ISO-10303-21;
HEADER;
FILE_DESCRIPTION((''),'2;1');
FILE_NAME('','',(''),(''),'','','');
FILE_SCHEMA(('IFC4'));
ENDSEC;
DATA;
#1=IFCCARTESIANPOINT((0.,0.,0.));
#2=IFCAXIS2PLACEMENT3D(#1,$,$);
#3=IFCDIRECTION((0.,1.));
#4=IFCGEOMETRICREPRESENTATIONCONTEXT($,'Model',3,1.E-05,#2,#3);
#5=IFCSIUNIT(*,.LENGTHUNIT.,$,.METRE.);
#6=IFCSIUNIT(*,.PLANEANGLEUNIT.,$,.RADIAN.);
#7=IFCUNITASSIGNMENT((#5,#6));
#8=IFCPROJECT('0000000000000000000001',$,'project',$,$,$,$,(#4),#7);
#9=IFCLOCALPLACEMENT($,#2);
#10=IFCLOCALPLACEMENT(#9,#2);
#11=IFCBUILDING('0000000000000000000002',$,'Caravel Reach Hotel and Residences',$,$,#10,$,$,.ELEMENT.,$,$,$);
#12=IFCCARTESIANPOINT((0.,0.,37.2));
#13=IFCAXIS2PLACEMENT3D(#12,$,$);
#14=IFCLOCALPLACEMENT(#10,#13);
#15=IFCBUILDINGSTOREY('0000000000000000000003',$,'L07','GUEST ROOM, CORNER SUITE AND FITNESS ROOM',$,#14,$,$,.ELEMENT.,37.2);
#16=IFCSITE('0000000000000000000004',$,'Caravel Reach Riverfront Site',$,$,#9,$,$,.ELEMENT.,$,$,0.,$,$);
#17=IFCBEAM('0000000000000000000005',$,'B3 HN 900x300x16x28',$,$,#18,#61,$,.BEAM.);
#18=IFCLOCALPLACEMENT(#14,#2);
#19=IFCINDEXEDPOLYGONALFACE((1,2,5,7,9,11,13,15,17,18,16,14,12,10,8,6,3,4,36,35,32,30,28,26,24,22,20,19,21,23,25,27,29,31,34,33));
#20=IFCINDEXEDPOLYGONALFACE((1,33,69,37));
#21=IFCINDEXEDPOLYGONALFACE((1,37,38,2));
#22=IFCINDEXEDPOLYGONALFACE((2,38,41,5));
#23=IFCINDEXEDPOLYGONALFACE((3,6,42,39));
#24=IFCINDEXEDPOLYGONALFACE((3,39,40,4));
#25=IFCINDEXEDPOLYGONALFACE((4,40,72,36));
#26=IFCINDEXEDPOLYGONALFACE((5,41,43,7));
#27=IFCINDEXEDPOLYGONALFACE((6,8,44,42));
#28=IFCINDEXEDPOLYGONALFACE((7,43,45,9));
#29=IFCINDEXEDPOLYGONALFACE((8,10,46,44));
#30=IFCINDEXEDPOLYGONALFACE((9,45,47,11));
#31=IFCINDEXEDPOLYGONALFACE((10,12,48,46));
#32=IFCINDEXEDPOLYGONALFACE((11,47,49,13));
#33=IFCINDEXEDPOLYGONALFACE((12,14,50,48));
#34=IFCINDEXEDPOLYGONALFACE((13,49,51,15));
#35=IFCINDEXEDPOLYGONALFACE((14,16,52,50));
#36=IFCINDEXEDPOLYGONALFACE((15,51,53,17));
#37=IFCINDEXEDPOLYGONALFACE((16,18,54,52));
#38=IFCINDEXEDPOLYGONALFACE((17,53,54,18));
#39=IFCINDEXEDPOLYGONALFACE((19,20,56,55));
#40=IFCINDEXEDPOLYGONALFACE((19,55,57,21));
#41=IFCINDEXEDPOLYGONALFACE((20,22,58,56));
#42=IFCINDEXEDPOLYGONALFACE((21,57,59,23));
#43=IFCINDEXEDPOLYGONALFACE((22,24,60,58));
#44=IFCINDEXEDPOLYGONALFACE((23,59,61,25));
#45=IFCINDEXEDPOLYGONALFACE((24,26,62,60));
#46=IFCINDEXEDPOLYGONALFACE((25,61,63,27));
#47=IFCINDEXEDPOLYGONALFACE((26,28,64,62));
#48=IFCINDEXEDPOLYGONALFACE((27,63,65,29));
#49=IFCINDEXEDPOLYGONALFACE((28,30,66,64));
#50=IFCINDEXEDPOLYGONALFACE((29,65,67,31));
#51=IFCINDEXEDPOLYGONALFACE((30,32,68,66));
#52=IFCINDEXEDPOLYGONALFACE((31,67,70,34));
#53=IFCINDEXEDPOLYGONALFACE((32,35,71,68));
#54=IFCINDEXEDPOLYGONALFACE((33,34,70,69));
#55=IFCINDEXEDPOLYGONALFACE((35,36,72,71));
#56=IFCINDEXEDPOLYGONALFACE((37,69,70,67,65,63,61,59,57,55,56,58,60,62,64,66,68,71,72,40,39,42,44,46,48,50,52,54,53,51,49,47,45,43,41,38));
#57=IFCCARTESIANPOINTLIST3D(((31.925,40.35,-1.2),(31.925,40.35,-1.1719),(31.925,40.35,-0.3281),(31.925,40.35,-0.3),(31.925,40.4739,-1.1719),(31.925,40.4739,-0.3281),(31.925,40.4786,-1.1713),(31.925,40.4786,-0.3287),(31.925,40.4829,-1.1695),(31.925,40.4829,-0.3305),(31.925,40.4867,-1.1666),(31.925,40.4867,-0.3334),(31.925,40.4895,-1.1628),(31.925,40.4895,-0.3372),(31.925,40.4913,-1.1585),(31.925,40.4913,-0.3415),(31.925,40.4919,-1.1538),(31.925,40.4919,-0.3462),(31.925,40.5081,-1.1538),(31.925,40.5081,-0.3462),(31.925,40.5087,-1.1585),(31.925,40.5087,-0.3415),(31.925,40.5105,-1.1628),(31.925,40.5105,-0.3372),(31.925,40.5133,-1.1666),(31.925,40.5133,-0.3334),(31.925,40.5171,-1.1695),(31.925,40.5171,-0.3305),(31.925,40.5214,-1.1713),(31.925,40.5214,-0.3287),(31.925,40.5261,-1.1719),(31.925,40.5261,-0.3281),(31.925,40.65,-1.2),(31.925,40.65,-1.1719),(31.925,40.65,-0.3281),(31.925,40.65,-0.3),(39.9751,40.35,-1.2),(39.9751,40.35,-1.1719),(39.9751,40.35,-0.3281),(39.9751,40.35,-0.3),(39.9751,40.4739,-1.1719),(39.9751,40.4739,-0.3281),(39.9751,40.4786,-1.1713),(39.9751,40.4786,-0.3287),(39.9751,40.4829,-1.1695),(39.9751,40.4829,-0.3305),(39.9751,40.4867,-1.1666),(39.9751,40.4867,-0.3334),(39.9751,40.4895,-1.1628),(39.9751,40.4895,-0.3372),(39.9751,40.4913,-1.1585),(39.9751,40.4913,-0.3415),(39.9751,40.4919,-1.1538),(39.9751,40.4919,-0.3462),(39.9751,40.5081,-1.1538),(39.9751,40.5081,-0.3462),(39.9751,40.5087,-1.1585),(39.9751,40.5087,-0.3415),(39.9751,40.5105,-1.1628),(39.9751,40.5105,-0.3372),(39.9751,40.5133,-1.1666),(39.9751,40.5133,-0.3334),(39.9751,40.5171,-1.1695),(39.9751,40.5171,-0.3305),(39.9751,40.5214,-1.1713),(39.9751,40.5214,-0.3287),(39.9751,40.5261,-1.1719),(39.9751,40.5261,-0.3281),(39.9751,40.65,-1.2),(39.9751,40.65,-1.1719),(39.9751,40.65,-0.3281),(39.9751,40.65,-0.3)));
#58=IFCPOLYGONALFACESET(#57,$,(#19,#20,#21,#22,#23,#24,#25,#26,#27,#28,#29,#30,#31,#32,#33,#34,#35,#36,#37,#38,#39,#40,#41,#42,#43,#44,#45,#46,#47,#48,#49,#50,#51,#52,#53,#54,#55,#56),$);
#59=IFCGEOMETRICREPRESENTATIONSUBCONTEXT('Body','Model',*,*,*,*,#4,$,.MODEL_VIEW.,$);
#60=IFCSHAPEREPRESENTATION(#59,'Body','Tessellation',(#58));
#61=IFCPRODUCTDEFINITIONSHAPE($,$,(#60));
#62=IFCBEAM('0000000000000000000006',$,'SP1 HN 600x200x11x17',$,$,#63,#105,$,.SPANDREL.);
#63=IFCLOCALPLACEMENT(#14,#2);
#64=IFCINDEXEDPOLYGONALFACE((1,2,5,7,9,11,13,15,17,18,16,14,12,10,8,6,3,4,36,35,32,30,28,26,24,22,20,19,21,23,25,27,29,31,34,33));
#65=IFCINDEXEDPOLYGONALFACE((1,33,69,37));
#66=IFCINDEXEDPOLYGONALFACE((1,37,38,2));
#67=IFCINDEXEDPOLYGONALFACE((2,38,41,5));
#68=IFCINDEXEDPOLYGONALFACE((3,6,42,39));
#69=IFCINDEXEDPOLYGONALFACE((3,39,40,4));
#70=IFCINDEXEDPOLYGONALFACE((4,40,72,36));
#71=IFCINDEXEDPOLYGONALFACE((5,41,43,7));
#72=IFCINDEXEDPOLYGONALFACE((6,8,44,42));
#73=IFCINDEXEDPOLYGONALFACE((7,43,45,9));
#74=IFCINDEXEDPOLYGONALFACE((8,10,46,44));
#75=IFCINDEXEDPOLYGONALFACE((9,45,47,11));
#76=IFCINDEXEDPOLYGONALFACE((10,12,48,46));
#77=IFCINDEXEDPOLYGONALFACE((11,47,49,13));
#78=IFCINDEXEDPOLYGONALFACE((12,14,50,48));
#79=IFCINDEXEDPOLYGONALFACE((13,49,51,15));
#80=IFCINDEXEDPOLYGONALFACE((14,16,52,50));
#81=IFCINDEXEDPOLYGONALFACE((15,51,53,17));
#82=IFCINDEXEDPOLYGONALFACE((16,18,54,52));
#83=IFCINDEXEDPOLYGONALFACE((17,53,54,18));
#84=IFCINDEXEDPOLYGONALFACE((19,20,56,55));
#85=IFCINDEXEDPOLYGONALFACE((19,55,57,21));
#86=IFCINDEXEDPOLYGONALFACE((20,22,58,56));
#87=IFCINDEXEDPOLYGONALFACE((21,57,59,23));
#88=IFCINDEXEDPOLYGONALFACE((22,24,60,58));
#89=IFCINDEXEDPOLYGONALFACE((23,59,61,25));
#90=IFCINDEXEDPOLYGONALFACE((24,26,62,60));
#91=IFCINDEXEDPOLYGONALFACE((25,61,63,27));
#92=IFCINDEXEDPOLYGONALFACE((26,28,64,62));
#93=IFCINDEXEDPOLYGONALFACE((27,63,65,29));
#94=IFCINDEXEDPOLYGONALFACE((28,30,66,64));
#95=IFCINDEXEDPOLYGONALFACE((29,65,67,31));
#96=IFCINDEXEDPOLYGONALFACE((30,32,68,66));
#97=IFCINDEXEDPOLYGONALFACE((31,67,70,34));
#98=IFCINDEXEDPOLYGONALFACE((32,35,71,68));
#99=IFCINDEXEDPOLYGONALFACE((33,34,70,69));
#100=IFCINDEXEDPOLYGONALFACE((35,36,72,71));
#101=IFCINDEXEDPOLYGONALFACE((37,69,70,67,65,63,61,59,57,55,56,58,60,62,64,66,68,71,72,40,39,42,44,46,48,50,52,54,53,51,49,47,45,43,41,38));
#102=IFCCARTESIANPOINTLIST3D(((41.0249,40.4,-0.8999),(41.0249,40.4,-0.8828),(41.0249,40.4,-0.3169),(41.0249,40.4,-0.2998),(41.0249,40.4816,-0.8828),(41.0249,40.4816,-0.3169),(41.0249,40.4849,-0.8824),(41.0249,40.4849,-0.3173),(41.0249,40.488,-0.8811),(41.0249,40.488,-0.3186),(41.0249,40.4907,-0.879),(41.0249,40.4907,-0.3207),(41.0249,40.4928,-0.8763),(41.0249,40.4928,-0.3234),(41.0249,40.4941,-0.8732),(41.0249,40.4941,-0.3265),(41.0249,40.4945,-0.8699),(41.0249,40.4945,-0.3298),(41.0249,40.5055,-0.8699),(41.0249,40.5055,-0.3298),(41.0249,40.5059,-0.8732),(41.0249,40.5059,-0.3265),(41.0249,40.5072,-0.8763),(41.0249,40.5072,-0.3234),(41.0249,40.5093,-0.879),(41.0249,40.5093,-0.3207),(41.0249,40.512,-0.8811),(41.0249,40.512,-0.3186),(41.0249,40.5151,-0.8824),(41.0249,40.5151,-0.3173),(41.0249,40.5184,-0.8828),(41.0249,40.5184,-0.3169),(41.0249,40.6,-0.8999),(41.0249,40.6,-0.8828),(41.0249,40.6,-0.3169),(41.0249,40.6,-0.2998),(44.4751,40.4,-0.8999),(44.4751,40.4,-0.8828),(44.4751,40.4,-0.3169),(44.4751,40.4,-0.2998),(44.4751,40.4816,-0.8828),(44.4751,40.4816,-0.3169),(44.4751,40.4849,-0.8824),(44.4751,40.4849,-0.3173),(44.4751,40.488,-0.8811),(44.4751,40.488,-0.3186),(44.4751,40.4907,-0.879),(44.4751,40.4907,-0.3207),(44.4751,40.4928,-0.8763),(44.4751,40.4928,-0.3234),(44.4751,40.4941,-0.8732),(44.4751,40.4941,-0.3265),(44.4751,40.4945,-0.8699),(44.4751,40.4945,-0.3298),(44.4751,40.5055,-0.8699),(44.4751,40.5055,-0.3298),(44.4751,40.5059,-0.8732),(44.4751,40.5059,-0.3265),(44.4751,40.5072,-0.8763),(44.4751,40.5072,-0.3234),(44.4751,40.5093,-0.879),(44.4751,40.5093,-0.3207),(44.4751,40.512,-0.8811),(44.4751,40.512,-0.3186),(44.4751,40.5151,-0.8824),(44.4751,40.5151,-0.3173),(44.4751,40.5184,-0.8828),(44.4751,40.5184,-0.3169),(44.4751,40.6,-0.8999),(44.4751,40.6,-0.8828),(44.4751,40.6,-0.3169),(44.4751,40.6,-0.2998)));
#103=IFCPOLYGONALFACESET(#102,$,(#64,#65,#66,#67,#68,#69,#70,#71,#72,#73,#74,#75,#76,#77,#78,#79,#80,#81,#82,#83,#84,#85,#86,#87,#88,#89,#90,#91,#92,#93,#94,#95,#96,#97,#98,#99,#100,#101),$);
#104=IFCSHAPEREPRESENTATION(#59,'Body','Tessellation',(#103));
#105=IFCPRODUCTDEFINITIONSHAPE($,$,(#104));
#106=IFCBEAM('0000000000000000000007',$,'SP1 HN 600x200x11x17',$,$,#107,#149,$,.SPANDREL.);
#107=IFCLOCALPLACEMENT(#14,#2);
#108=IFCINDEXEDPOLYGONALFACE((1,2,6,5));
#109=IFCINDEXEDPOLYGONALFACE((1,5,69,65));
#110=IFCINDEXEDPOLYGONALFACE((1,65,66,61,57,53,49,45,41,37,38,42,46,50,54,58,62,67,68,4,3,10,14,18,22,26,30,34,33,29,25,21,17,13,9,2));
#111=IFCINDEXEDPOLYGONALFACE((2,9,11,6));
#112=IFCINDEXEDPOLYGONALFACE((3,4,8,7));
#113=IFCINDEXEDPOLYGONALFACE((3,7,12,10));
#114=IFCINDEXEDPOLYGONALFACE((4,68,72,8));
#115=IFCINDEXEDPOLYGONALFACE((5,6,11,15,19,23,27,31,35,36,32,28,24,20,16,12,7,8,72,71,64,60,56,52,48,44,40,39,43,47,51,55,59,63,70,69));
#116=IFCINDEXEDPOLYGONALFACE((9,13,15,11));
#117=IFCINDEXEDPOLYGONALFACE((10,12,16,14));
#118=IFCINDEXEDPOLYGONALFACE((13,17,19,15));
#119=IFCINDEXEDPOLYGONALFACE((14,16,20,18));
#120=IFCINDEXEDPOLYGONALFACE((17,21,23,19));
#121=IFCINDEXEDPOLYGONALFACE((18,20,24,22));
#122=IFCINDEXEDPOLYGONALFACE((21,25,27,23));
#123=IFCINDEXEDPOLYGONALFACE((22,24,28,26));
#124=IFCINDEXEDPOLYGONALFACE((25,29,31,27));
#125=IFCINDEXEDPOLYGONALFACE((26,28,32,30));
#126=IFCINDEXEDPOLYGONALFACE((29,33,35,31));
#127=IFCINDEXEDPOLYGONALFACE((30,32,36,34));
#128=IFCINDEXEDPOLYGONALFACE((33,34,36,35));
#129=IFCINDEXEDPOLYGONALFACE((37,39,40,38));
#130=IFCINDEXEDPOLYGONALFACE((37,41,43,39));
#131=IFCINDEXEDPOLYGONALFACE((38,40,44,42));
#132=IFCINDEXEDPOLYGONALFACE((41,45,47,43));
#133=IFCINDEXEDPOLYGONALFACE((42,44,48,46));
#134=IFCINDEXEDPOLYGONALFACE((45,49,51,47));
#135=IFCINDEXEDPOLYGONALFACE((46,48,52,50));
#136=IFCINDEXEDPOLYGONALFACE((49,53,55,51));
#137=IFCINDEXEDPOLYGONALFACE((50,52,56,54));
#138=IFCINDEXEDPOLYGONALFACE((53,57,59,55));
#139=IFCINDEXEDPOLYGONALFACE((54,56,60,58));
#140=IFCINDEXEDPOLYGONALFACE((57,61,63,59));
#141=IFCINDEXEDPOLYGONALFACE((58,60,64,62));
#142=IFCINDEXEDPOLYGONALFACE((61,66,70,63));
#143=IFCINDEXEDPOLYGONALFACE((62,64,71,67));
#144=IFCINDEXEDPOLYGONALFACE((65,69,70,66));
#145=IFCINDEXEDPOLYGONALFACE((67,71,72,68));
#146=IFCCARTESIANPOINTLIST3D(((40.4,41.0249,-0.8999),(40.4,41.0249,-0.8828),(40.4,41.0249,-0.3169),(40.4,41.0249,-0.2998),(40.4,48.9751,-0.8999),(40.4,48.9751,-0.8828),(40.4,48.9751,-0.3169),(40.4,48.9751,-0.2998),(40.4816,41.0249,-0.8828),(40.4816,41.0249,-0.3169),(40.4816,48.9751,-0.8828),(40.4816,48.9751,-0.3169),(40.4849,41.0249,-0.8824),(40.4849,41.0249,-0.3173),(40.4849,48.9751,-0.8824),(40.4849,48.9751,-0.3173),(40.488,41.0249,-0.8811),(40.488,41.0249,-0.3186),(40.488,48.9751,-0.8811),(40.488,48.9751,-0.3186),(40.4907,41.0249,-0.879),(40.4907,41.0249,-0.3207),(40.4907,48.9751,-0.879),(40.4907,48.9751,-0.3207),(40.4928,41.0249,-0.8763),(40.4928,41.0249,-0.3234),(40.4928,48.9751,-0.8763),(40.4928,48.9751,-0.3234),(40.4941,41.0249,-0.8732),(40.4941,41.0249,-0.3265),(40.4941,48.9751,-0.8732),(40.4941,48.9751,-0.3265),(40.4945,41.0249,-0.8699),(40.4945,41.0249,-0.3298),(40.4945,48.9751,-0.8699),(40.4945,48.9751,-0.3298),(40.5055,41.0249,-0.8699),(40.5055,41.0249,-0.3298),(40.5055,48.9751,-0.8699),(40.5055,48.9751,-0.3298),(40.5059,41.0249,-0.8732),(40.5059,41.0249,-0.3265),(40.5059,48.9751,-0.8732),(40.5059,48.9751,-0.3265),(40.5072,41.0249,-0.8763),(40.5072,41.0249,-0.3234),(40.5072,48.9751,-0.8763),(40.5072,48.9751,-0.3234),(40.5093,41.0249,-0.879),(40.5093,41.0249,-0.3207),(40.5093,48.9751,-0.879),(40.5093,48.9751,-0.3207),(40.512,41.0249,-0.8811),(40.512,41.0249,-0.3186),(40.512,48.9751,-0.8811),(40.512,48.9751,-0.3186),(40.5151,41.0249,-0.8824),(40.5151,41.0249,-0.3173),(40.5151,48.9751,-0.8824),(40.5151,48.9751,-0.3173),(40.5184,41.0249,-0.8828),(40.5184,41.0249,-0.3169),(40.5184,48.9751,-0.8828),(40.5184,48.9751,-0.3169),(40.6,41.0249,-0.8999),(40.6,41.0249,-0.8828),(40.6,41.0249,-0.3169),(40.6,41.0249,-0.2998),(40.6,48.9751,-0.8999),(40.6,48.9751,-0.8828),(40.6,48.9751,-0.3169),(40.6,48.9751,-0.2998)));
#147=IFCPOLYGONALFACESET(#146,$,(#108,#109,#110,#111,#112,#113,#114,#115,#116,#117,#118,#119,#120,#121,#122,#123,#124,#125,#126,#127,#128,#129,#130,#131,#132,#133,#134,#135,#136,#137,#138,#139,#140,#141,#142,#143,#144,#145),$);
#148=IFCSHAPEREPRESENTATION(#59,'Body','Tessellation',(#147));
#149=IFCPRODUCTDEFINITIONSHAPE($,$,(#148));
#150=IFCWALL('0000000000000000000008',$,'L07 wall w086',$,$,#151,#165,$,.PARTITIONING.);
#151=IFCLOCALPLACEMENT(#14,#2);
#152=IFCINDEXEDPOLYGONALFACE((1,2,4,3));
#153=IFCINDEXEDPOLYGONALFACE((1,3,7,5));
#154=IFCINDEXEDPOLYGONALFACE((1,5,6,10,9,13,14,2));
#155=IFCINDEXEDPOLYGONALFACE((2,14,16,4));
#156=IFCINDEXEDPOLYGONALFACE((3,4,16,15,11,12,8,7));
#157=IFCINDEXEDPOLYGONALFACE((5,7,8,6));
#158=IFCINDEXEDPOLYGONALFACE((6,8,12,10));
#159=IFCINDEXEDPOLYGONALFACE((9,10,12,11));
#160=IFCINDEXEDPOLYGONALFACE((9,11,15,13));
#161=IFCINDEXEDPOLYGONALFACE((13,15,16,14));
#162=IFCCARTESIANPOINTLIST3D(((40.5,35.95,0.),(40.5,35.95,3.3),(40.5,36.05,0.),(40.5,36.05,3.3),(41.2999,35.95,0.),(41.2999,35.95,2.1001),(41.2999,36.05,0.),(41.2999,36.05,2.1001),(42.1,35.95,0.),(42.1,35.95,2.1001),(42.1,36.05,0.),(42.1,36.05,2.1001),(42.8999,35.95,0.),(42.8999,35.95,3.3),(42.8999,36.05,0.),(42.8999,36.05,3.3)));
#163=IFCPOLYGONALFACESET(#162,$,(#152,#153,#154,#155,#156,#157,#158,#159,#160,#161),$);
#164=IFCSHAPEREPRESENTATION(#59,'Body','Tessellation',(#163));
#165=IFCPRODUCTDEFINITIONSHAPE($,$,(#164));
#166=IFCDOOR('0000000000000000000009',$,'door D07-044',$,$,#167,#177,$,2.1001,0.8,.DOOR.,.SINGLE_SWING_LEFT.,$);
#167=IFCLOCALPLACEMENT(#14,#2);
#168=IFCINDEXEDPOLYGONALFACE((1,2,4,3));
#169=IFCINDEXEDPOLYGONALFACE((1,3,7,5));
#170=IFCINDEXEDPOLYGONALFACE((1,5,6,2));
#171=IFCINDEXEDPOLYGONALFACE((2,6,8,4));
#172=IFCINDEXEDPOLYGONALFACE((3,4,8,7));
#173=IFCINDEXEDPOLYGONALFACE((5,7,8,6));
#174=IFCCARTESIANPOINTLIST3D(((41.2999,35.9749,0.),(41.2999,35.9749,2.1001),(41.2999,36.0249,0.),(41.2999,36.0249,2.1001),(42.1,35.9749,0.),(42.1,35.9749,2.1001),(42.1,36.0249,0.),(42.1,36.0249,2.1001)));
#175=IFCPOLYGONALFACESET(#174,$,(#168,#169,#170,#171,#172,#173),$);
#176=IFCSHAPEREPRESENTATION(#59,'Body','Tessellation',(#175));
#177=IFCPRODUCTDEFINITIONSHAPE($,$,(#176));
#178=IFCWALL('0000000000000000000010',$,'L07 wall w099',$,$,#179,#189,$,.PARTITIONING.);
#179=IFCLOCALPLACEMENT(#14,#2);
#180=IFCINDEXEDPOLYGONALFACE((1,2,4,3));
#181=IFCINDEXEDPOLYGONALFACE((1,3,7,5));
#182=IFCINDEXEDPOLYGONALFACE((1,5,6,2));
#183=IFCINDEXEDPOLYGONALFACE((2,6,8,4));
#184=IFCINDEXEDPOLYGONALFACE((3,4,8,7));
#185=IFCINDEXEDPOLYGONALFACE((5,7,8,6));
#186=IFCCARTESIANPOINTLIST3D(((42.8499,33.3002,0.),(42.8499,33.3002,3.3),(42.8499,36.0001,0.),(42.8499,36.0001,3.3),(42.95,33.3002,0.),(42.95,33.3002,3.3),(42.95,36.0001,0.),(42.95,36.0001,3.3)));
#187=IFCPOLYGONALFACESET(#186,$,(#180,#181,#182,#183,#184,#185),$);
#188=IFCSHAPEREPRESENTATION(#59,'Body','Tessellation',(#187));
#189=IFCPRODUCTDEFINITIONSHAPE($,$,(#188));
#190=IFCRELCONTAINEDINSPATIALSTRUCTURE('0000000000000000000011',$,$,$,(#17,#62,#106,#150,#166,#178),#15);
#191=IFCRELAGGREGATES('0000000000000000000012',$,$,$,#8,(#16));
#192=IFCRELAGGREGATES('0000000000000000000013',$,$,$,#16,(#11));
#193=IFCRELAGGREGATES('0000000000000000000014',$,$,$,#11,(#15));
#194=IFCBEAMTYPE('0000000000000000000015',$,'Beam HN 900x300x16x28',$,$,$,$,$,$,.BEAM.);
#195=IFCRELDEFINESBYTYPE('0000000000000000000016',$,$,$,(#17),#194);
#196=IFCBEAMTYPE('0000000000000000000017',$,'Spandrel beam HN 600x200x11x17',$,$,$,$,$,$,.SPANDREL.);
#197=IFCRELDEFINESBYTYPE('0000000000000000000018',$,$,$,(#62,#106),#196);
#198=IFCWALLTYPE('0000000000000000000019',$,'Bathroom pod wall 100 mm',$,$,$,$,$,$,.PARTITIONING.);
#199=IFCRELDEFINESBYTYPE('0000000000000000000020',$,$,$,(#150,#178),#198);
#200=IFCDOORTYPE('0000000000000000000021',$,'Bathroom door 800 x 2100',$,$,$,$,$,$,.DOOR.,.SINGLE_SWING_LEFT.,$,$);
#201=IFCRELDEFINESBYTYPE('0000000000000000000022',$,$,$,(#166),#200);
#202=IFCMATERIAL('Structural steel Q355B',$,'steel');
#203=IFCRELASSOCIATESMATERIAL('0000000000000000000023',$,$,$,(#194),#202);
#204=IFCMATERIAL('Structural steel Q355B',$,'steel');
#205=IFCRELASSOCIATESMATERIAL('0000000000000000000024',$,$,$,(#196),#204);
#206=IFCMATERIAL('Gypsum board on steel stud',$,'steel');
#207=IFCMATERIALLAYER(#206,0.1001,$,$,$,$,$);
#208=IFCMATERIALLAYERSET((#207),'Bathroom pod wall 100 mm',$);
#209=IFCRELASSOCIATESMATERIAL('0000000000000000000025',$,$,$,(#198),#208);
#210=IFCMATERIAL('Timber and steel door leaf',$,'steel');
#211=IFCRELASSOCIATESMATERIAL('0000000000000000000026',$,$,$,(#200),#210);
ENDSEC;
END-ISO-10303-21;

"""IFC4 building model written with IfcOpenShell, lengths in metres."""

from ifc_helpers import new_model, si_unit, direction, frame, frame_2d, origin, origin_2d, place, context, subcontext, project, spatial, rectangle, i_section, extrude, material, layer, layer_set, material_profile, profile_set, type_object, element, fill, save


model = new_model("IFC4")

# Units and contexts
model_context = context("Model", 3, precision=1e-05, world=origin(), true_north=direction((0.0, 1.0)))
body_context = subcontext(model_context, "Body", "Model", "MODEL_VIEW")
ifc_project = project(units=[si_unit("LENGTHUNIT", "METRE"), si_unit("PLANEANGLEUNIT", "RADIAN")], contexts=[model_context])

# Site, building, storey
site_placement = place(None, origin())
site = spatial("IfcSite", under=ifc_project, at=site_placement, Name="Caravel Reach Riverfront Site", CompositionType="ELEMENT", RefElevation=0.0)
building_placement = place(site_placement, origin())
building = spatial("IfcBuilding", under=site, at=building_placement, Name="Caravel Reach Hotel and Residences", CompositionType="ELEMENT")
storey_placement = place(building_placement, frame((0.0, 0.0, 37.2)))
storey = spatial("IfcBuildingStorey", under=building, at=storey_placement, Name="L07", Description="GUEST ROOM, CORNER SUITE AND FITNESS ROOM", CompositionType="ELEMENT", Elevation=37.2)

# Beams
ifc_material_1 = material(Name="Structural steel Q355B", Category="steel")
ifc_material_profile_1 = material_profile(ifc_material_1, i_section(OverallWidth=0.3, OverallDepth=0.8999, WebThickness=0.0161, FlangeThickness=0.0281, FilletRadius=0.0181, at=origin_2d()), Name="HN 900x300x16x28")
ifc_profile_set_1 = profile_set([ifc_material_profile_1], Name="Structural steel Q355B")
beam_type_1 = type_object("IfcBeamType", Name="Beam HN 900x300x16x28", PredefinedType="BEAM", material=ifc_profile_set_1)
beam_1_placement = place(storey_placement, frame((31.925, 40.5, -0.75), z_axis=(1.0, 0.0, 0.0), x_axis=(0.0, 1.0, 0.0)))
element("IfcBeam", 1, at=beam_1_placement, inside=storey, type_object=beam_type_1, Name="B3 HN 900x300x16x28", PredefinedType="BEAM", context=body_context, shape_type="SweptSolid", body=[
    extrude(i_section(OverallWidth=0.3, OverallDepth=0.8999, WebThickness=0.0161, FlangeThickness=0.0281, FilletRadius=0.0181, at=origin_2d()), origin(), (0.0, 0.0, 1.0), 8.05),
])
ifc_material_2 = material(Name="Structural steel Q355B", Category="steel")
ifc_material_profile_2 = material_profile(ifc_material_2, i_section(OverallWidth=0.2, OverallDepth=0.6001, WebThickness=0.011, FlangeThickness=0.0171, FilletRadius=0.0129, at=origin_2d()), Name="HN 600x200x11x17")
ifc_profile_set_2 = profile_set([ifc_material_profile_2], Name="Structural steel Q355B")
beam_type_2 = type_object("IfcBeamType", Name="Spandrel beam HN 600x200x11x17", PredefinedType="SPANDREL", material=ifc_profile_set_2)
beam_2_placement = place(storey_placement, frame((44.4751, 40.5, -0.5999), z_axis=(-1.0, 0.0, 0.0), x_axis=(0.0, -1.0, 0.0)))
element("IfcBeam", 2, at=beam_2_placement, inside=storey, type_object=beam_type_2, Name="SP1 HN 600x200x11x17", PredefinedType="SPANDREL", context=body_context, shape_type="SweptSolid", body=[
    extrude(i_section(OverallWidth=0.2, OverallDepth=0.6001, WebThickness=0.011, FlangeThickness=0.0171, FilletRadius=0.0129, at=origin_2d()), origin(), (0.0, 0.0, 1.0), 3.4502),
])
beam_3_placement = place(storey_placement, frame((40.5, 41.0249, -0.5999), z_axis=(0.0, 1.0, 0.0), x_axis=(-1.0, 0.0, 0.0)))
element("IfcBeam", 3, at=beam_3_placement, inside=storey, type_object=beam_type_2, Name="SP1 HN 600x200x11x17", PredefinedType="SPANDREL", context=body_context, shape_type="SweptSolid", body=[
    extrude(i_section(OverallWidth=0.2, OverallDepth=0.6001, WebThickness=0.011, FlangeThickness=0.0171, FilletRadius=0.0129, at=origin_2d()), origin(), (0.0, 0.0, 1.0), 7.9502),
])

# Wall, opening, door
ifc_material_3 = material(Name="Gypsum board on steel stud", Category="steel")
ifc_layer_1 = layer(ifc_material_3, 0.1001)
ifc_layer_set_1 = layer_set([ifc_layer_1], Name="Bathroom pod wall 100 mm")
wall_type_1 = type_object("IfcWallType", Name="Bathroom pod wall 100 mm", PredefinedType="PARTITIONING", material=ifc_layer_set_1)
wall_1_placement = place(storey_placement, frame((40.5, 36.0, 0.0), z_axis=(0.0, 0.0, 1.0), x_axis=(1.0, 0.0, 0.0)))
wall_1 = element("IfcWall", 4, at=wall_1_placement, inside=storey, type_object=wall_type_1, Name="L07 wall w086", PredefinedType="PARTITIONING", context=body_context, shape_type="SweptSolid", body=[
    extrude(rectangle(XDim=2.3999, YDim=0.1001, at=frame_2d((1.2, 0.0))), origin(), (0.0, 0.0, 1.0), 3.3),
])
opening_1_placement = place(wall_1_placement, frame((0.8, 0.0, 0.0)))
opening_1 = element("IfcOpeningElement", 5, at=opening_1_placement, cuts=wall_1, PredefinedType="OPENING", context=body_context, shape_type="SweptSolid", body=[
    extrude(rectangle(XDim=0.8, YDim=2.1001, at=frame_2d((0.3999, 1.05))), frame((0.0, 0.0601, 0.0), z_axis=(0.0, -1.0, 0.0), x_axis=(1.0, 0.0, 0.0)), (0.0, 0.0, 1.0), 0.1201),
])
ifc_material_4 = material(Name="Timber and steel door leaf", Category="steel")
door_type_1 = type_object("IfcDoorType", Name="Bathroom door 800 x 2100", OperationType="SINGLE_SWING_LEFT", PredefinedType="DOOR", material=ifc_material_4)
door_1_placement = place(opening_1_placement, origin())
door_1 = element("IfcDoor", 6, at=door_1_placement, inside=storey, type_object=door_type_1, Name="door D07-044", OperationType="SINGLE_SWING_LEFT", OverallHeight=2.1001, OverallWidth=0.8, PredefinedType="DOOR", context=body_context, shape_type="SweptSolid", body=[
    extrude(rectangle(XDim=0.8, YDim=2.1001, at=frame_2d((0.3999, 1.05))), frame((0.0, 0.0249, 0.0), z_axis=(0.0, -1.0, 0.0), x_axis=(1.0, 0.0, 0.0)), (0.0, 0.0, 1.0), 0.05),
])
fill(opening_1, door_1)

# Wall
wall_2_placement = place(storey_placement, frame((42.8999, 33.3, 0.0), z_axis=(0.0, 0.0, 1.0), x_axis=(0.0, 1.0, 0.0)))
element("IfcWall", 7, at=wall_2_placement, inside=storey, type_object=wall_type_1, Name="L07 wall w099", PredefinedType="PARTITIONING", context=body_context, shape_type="SweptSolid", body=[
    extrude(rectangle(XDim=2.7, YDim=0.1001, at=frame_2d((1.3501, 0.0))), origin(), (0.0, 0.0, 1.0), 3.3),
])

save(model, "model.ifc")
